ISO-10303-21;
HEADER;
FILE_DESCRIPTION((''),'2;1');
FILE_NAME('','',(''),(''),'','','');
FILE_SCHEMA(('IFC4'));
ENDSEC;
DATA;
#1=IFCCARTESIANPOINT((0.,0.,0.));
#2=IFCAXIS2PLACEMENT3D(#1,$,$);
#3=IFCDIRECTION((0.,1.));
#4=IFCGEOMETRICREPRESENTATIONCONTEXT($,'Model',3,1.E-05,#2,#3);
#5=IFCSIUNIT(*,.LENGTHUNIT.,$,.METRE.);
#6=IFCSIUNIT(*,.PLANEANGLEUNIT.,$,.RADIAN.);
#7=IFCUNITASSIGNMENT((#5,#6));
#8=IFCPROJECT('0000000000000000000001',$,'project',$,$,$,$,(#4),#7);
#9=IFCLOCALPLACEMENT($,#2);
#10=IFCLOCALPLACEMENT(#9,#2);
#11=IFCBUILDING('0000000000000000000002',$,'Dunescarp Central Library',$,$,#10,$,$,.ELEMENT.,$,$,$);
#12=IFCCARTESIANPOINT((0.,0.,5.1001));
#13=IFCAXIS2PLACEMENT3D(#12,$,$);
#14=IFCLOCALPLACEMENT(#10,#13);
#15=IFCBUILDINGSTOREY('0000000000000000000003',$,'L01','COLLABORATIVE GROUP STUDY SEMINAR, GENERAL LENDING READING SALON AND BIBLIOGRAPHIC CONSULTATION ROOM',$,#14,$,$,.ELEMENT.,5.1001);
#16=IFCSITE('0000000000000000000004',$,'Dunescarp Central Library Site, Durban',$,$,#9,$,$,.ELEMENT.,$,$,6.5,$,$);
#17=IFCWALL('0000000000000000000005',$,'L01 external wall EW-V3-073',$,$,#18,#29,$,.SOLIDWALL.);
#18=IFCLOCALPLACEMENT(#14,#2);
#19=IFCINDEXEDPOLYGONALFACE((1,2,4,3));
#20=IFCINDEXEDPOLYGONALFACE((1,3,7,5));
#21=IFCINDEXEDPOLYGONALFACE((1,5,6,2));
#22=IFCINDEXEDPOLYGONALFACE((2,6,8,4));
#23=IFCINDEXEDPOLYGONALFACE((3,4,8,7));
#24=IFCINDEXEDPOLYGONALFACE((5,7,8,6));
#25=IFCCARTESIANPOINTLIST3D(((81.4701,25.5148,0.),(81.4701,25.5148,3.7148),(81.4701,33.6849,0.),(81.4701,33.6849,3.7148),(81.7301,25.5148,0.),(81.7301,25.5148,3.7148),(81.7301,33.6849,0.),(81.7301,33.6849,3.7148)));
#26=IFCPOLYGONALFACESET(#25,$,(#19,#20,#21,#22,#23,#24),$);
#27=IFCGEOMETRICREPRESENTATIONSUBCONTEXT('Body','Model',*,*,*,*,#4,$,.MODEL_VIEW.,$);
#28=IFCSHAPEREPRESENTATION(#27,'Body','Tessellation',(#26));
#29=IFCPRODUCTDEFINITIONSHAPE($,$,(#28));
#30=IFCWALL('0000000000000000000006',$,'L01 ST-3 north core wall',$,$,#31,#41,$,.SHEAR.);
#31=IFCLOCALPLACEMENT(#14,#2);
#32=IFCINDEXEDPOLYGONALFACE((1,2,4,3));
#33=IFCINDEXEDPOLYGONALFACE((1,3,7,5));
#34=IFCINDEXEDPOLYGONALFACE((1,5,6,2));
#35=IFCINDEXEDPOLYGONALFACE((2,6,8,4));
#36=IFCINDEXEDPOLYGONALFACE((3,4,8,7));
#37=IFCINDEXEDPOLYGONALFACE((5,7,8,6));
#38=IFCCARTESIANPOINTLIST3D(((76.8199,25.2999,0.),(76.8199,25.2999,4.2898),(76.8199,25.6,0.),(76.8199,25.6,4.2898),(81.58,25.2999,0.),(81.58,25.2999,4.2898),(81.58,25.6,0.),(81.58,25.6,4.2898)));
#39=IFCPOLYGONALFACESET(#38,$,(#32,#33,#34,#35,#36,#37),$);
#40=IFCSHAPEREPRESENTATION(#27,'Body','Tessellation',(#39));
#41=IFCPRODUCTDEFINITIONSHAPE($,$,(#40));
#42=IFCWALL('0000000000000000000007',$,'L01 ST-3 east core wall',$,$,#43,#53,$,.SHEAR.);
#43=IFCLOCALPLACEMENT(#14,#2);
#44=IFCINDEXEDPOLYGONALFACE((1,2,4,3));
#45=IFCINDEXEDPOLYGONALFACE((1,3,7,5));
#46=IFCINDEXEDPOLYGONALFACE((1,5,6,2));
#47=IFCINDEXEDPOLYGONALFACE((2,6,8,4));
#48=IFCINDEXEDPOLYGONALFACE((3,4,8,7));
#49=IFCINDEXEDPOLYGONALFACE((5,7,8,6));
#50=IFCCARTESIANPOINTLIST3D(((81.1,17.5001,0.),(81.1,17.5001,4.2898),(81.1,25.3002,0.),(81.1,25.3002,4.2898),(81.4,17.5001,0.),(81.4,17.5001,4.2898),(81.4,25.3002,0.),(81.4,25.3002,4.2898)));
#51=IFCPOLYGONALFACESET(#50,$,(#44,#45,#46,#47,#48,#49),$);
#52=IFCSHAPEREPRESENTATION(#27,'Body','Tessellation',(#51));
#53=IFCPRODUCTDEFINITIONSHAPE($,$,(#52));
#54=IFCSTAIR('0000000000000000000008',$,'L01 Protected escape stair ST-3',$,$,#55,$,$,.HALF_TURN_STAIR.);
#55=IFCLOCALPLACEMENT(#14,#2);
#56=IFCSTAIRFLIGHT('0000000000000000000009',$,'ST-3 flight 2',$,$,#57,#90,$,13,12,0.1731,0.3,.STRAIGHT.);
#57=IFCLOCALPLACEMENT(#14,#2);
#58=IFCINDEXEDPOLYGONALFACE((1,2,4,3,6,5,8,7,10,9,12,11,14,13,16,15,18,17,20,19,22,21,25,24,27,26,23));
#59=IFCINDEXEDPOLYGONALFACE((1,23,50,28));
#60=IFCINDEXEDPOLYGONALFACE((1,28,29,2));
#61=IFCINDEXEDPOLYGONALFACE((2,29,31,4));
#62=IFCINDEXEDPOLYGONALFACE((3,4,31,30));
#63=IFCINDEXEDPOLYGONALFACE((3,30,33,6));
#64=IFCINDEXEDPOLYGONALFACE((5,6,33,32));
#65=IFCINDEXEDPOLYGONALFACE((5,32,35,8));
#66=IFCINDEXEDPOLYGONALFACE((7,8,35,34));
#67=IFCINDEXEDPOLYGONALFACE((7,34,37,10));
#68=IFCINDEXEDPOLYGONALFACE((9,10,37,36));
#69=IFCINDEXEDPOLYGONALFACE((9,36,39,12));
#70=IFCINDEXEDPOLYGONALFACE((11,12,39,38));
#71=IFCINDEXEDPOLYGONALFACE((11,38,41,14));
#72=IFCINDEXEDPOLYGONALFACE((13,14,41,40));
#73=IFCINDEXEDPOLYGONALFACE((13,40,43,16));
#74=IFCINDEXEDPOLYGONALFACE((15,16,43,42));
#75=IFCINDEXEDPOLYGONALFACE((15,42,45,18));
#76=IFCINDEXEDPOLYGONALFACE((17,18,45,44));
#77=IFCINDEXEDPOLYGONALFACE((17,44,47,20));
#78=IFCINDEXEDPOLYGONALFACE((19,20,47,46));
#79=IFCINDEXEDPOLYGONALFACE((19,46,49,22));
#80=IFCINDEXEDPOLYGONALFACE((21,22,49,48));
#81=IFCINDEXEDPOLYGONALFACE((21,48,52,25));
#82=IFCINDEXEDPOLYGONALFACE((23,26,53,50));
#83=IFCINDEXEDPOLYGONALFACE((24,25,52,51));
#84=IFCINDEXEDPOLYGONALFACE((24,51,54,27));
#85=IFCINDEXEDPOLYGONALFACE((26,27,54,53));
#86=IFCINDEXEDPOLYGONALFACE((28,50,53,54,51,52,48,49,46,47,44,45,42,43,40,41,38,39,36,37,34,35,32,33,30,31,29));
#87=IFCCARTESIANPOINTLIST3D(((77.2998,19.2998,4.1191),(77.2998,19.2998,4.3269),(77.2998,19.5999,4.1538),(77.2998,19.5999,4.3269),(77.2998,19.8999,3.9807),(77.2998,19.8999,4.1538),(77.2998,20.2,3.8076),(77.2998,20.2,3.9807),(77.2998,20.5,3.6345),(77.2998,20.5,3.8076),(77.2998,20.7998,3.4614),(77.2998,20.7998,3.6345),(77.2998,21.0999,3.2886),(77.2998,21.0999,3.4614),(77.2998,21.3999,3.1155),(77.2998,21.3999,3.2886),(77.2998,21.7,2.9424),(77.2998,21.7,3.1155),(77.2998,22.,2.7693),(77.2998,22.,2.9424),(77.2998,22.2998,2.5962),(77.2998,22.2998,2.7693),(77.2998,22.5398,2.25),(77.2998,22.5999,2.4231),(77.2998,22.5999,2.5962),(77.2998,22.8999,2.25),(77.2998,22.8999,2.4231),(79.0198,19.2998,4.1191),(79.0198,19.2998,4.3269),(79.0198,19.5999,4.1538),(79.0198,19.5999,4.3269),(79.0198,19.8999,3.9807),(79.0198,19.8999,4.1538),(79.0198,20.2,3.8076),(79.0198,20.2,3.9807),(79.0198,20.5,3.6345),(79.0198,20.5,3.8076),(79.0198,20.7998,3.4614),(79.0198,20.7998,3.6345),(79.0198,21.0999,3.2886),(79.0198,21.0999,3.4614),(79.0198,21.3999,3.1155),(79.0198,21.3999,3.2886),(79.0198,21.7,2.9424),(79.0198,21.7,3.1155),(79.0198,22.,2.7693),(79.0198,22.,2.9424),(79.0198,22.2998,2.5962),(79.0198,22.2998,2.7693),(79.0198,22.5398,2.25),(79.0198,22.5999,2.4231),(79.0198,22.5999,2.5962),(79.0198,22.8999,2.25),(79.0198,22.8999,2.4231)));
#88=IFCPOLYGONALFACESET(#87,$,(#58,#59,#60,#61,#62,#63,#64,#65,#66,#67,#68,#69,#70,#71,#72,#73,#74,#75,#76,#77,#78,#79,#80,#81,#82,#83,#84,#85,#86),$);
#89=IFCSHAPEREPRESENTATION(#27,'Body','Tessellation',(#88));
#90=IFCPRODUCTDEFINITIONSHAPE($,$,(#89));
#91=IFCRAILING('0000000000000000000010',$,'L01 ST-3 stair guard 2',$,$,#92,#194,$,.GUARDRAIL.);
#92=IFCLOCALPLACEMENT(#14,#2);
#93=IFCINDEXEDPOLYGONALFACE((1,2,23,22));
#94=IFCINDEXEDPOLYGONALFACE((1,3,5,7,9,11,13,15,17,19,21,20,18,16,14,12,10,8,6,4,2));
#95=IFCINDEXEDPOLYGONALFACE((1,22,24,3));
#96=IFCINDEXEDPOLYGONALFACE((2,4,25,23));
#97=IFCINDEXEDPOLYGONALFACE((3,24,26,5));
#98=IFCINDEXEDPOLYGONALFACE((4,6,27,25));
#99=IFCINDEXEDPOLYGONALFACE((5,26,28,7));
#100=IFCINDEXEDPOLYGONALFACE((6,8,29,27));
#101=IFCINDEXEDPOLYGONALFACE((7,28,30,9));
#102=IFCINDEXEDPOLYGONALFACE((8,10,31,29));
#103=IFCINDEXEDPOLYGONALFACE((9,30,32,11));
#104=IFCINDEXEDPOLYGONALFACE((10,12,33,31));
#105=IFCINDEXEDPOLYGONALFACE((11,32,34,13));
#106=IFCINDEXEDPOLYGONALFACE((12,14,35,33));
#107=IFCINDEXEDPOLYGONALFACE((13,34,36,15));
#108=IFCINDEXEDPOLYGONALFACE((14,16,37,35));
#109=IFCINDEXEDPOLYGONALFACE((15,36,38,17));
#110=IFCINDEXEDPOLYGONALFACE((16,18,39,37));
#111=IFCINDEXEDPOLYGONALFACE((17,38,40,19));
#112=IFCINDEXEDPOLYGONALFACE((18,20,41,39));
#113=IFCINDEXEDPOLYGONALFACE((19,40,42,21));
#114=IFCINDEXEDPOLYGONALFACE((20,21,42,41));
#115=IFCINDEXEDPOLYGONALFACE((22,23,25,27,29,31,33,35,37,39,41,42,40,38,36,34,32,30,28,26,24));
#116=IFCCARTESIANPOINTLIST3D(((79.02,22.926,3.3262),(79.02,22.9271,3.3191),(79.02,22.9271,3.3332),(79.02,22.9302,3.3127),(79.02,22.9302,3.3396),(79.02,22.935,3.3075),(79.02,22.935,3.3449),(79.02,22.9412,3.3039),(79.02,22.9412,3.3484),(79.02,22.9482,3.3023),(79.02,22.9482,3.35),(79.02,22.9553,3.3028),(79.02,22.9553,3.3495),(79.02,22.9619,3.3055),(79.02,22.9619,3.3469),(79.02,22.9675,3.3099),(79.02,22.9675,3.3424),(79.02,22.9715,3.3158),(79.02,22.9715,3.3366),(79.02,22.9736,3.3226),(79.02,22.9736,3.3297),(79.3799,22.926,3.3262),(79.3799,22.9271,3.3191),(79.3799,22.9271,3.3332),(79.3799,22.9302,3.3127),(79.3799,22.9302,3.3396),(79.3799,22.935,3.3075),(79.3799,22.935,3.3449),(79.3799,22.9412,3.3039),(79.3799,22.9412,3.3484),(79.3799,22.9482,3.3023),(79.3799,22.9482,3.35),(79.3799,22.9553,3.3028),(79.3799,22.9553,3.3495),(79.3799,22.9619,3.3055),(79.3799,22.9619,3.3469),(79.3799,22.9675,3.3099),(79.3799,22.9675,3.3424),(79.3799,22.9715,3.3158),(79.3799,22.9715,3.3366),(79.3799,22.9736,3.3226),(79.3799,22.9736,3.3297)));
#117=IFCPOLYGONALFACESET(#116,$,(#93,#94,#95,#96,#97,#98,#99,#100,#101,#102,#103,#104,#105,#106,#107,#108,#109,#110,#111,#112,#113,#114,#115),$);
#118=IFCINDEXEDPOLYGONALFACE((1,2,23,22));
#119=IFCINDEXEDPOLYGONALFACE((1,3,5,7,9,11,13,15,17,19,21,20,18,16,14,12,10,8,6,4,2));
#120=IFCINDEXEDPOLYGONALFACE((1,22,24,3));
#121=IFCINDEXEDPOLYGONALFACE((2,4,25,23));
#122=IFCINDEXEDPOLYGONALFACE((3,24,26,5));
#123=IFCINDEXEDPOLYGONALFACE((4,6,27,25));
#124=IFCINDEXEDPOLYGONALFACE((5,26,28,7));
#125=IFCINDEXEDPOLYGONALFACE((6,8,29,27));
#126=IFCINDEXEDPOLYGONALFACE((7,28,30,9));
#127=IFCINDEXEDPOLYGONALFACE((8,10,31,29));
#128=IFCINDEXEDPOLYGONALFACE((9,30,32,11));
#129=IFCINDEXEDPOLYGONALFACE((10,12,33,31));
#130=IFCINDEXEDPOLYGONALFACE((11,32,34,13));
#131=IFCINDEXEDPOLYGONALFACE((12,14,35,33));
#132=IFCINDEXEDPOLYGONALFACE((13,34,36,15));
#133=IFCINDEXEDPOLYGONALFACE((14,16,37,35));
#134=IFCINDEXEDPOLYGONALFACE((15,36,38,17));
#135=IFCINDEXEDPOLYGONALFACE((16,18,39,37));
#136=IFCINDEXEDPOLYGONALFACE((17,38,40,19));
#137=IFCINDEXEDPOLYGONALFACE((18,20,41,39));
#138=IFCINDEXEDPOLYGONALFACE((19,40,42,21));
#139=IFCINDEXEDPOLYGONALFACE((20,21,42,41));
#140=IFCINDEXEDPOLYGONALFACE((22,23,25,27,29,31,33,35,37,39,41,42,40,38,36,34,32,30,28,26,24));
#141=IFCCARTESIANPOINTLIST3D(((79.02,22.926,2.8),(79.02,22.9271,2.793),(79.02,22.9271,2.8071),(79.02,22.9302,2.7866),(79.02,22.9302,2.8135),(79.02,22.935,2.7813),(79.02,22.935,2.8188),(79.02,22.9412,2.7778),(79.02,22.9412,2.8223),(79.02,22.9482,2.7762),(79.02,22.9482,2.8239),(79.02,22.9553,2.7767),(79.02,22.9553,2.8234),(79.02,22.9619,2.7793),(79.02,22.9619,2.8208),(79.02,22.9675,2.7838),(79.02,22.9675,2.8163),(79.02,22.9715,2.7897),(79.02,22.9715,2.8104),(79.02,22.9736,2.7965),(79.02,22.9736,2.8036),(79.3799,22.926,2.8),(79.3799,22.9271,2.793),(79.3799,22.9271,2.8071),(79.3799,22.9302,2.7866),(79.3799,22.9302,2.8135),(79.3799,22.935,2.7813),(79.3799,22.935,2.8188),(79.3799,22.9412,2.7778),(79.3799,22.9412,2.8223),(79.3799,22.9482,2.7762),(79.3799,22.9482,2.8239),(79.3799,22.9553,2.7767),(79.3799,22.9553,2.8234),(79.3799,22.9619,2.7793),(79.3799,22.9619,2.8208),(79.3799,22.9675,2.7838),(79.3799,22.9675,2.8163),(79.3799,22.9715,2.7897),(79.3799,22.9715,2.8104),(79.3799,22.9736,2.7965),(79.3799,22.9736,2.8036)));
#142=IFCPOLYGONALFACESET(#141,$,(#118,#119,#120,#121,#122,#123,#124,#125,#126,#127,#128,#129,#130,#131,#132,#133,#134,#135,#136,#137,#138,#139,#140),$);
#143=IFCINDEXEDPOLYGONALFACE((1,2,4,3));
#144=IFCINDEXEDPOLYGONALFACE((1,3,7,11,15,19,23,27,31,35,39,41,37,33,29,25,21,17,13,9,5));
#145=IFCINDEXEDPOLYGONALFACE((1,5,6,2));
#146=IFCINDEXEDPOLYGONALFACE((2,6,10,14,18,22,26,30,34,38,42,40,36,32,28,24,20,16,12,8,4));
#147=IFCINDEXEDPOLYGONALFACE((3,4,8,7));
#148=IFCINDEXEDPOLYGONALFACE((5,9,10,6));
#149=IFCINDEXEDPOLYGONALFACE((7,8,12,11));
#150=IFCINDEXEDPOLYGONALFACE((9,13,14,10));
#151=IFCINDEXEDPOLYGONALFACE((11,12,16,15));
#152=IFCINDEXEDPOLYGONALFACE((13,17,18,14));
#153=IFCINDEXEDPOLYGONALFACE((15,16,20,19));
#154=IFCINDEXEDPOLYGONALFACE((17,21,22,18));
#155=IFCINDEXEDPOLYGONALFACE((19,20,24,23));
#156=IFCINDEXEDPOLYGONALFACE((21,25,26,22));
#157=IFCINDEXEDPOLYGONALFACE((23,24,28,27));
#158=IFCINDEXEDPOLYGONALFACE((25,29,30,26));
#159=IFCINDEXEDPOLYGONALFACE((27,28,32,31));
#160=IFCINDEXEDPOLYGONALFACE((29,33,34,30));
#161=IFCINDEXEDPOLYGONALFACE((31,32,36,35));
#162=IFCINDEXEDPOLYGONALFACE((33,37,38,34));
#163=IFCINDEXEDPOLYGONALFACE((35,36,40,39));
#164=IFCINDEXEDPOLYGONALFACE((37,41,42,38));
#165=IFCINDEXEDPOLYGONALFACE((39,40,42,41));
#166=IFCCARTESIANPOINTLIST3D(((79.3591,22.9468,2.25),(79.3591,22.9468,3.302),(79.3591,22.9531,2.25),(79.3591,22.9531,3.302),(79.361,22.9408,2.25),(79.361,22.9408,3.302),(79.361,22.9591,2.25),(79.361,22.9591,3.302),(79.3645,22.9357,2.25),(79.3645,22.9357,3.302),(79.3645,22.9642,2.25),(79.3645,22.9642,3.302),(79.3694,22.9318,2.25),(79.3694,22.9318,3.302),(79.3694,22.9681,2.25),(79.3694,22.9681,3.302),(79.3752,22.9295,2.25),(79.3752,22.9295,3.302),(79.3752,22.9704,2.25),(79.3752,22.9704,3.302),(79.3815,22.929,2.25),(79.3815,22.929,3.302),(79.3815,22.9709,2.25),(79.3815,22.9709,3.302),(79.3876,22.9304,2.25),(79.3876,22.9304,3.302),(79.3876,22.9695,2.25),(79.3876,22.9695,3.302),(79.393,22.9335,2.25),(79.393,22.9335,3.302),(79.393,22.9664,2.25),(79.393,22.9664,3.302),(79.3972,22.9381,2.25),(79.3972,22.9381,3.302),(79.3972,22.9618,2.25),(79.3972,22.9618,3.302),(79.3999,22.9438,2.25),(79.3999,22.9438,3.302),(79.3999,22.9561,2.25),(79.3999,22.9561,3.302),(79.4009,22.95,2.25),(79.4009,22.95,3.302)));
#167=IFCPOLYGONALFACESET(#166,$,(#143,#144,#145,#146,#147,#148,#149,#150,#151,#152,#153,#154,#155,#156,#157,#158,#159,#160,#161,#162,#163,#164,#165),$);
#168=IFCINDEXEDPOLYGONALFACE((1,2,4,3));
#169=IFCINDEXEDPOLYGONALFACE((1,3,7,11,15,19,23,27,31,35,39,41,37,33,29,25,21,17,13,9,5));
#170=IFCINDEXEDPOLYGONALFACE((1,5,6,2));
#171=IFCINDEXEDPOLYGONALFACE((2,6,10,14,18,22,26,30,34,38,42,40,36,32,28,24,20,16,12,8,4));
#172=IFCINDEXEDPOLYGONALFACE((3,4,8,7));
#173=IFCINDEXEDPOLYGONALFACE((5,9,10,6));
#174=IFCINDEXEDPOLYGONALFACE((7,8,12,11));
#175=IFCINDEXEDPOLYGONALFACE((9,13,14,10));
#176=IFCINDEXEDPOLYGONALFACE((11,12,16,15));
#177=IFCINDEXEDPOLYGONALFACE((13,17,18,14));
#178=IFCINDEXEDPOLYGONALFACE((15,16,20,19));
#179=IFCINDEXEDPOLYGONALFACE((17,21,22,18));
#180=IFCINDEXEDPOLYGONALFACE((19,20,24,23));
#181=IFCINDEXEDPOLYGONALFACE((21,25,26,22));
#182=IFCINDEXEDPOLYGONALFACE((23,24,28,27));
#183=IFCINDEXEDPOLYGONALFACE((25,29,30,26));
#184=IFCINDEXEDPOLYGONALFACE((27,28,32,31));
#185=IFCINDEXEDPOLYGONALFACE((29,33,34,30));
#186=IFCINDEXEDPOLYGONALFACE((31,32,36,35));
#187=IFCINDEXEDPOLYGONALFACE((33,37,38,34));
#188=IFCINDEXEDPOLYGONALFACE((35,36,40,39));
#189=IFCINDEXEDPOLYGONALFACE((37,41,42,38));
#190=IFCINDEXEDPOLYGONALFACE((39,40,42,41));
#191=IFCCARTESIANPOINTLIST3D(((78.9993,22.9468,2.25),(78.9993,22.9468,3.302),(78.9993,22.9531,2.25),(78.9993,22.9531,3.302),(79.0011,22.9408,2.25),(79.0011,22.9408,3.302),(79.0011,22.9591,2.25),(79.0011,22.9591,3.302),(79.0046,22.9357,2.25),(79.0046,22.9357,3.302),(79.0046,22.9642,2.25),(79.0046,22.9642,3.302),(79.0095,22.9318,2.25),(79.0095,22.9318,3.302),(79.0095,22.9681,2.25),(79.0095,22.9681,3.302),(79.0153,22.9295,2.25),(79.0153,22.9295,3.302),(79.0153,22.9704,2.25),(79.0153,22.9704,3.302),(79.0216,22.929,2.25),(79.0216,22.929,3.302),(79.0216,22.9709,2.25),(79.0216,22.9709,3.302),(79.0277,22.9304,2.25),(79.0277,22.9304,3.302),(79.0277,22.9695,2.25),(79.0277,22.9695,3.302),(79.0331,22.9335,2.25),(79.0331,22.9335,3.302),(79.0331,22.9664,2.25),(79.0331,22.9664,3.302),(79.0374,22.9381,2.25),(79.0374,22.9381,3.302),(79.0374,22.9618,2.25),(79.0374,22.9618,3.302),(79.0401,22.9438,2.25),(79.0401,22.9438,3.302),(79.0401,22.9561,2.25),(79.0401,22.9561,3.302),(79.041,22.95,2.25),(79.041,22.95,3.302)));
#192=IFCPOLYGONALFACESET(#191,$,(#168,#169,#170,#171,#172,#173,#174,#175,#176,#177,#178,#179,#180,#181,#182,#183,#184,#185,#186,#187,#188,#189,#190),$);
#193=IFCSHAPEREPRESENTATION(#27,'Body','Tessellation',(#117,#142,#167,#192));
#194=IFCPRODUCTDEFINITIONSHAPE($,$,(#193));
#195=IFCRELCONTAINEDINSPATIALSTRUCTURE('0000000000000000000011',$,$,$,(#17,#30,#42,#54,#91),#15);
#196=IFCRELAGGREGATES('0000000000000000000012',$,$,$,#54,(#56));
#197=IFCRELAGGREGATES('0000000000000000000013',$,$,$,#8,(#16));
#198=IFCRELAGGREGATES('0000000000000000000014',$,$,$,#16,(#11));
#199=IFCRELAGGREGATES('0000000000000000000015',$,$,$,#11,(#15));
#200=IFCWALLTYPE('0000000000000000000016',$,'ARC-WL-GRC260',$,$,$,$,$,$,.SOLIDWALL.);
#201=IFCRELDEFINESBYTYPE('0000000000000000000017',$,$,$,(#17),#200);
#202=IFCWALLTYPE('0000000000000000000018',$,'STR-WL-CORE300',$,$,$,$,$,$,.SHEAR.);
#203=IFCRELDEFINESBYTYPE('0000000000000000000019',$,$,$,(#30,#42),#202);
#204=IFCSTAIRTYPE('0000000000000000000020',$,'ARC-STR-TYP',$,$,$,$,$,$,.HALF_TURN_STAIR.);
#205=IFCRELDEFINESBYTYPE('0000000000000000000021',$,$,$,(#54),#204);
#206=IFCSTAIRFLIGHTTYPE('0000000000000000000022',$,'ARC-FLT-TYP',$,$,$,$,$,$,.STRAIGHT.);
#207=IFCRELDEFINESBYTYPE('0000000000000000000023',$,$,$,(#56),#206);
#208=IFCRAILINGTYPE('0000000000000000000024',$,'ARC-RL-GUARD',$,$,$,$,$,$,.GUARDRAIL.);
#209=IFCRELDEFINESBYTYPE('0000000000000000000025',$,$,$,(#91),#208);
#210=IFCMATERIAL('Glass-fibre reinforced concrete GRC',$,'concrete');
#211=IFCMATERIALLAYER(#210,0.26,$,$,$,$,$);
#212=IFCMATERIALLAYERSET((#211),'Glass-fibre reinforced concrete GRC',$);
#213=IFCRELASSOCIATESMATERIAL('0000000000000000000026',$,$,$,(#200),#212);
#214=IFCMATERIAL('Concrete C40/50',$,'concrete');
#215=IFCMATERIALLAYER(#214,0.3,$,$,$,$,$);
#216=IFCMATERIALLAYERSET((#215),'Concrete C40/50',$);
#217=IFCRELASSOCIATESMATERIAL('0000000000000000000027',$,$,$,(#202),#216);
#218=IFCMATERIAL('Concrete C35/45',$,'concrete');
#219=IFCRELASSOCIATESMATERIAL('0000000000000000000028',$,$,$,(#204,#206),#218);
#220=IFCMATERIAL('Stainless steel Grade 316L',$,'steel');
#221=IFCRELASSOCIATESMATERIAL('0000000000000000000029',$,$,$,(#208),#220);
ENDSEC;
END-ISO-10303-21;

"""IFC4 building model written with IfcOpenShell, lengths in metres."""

from ifc_helpers import new_model, si_unit, direction, frame, frame_2d, origin, origin_2d, place, context, subcontext, project, spatial, polyline, rectangle, circle, outline, extrude, material, layer, layer_set, type_object, element, aggregate, save


model = new_model("IFC4")

# Units and contexts
model_context = context("Model", 3, precision=1e-05, world=origin(), true_north=direction((0.0, 1.0)))
body_context = subcontext(model_context, "Body", "Model", "MODEL_VIEW")
ifc_project = project(units=[si_unit("LENGTHUNIT", "METRE"), si_unit("PLANEANGLEUNIT", "RADIAN")], contexts=[model_context])

# Site, building, storey
site_placement = place(None, origin())
site = spatial("IfcSite", under=ifc_project, at=site_placement, Name="Dunescarp Central Library Site, Durban", CompositionType="ELEMENT", RefElevation=6.5)
building_placement = place(site_placement, origin())
building = spatial("IfcBuilding", under=site, at=building_placement, Name="Dunescarp Central Library", CompositionType="ELEMENT")
storey_placement = place(building_placement, frame((0.0, 0.0, 5.1001)))
storey = spatial("IfcBuildingStorey", under=building, at=storey_placement, Name="L01", Description="COLLABORATIVE GROUP STUDY SEMINAR, GENERAL LENDING READING SALON AND BIBLIOGRAPHIC CONSULTATION ROOM", CompositionType="ELEMENT", Elevation=5.1001)

# Walls
ifc_material_1 = material(Name="Glass-fibre reinforced concrete GRC", Category="concrete")
ifc_layer_1 = layer(ifc_material_1, 0.26)
ifc_layer_set_1 = layer_set([ifc_layer_1], Name="Glass-fibre reinforced concrete GRC")
wall_type_1 = type_object("IfcWallType", Name="ARC-WL-GRC260", PredefinedType="SOLIDWALL", material=ifc_layer_set_1)
wall_1_placement = place(storey_placement, frame((81.6001, 25.5149, 0.0), z_axis=(0.0, 0.0, 1.0), x_axis=(0.0, 1.0, 0.0)))
element("IfcWall", 1, at=wall_1_placement, inside=storey, type_object=wall_type_1, Name="L01 external wall EW-V3-073", PredefinedType="SOLIDWALL", context=body_context, shape_type="SweptSolid", body=[
    extrude(rectangle(XDim=8.1702, YDim=0.26, at=frame_2d((4.085, 0.0))), origin(), (0.0, 0.0, 1.0), 3.7148),
])
ifc_material_2 = material(Name="Concrete C40/50", Category="concrete")
ifc_layer_2 = layer(ifc_material_2, 0.3)
ifc_layer_set_2 = layer_set([ifc_layer_2], Name="Concrete C40/50")
wall_type_2 = type_object("IfcWallType", Name="STR-WL-CORE300", PredefinedType="SHEAR", material=ifc_layer_set_2)
wall_2_placement = place(storey_placement, frame((76.8201, 25.45, 0.0), z_axis=(0.0, 0.0, 1.0), x_axis=(1.0, 0.0, 0.0)))
element("IfcWall", 2, at=wall_2_placement, inside=storey, type_object=wall_type_2, Name="L01 ST-3 north core wall", PredefinedType="SHEAR", context=body_context, shape_type="SweptSolid", body=[
    extrude(rectangle(XDim=4.76, YDim=0.3, at=frame_2d((2.3799, 0.0))), origin(), (0.0, 0.0, 1.0), 4.2898),
])
wall_3_placement = place(storey_placement, frame((81.25, 25.3, 0.0), z_axis=(0.0, 0.0, 1.0), x_axis=(0.0, -1.0, 0.0)))
element("IfcWall", 3, at=wall_3_placement, inside=storey, type_object=wall_type_2, Name="L01 ST-3 east core wall", PredefinedType="SHEAR", context=body_context, shape_type="SweptSolid", body=[
    extrude(rectangle(XDim=7.8, YDim=0.3, at=frame_2d((3.8999, 0.0))), origin(), (0.0, 0.0, 1.0), 4.2898),
])

# Stair, stair flight
ifc_material_3 = material(Name="Concrete C35/45", Category="concrete")
stair_type = type_object("IfcStairType", Name="ARC-STR-TYP", PredefinedType="HALF_TURN_STAIR", material=ifc_material_3)
stair_placement = place(storey_placement, origin())
stair = element("IfcStair", 4, at=stair_placement, inside=storey, type_object=stair_type, Name="L01 Protected escape stair ST-3", PredefinedType="HALF_TURN_STAIR")
stair_flight_type = type_object("IfcStairFlightType", Name="ARC-FLT-TYP", PredefinedType="STRAIGHT", material=ifc_material_3)
stair_flight_placement = place(storey_placement, frame((78.1599, 22.8999, 2.25), z_axis=(0.0, 0.0, 1.0), x_axis=(0.0, -1.0, 0.0)))
stair_flight = element("IfcStairFlight", 5, at=stair_flight_placement, type_object=stair_flight_type, Name="ST-3 flight 2", NumberOfRisers=13, NumberOfTreads=12, PredefinedType="STRAIGHT", RiserHeight=0.1731, TreadLength=0.3, context=body_context, shape_type="SweptSolid", body=[
    extrude(outline(polyline([(0.0, 0.0), (0.0, 0.1731), (0.3, 0.1731), (0.3, 0.3462), (0.6001, 0.3462), (0.6001, 0.5193), (0.8999, 0.5193), (0.8999, 0.6924), (1.2, 0.6924), (1.2, 0.8655), (1.5, 0.8655), (1.5, 1.0386), (1.8, 1.0386), (1.8, 1.2114), (2.1001, 1.2114), (2.1001, 1.3845), (2.3999, 1.3845), (2.3999, 1.5576), (2.7, 1.5576), (2.7, 1.7307), (3.0, 1.7307), (3.0, 1.9038), (3.3, 1.9038), (3.3, 2.0769), (3.6001, 2.0769), (3.6001, 2.25), (3.6001, 1.8691), (0.3601, 0.0), (0.0, 0.0)])), frame((0.0, 0.8599, 0.0), z_axis=(0.0, -1.0, 0.0), x_axis=(1.0, 0.0, 0.0)), (0.0, 0.0, 1.0), 1.72),
])
aggregate(stair, [stair_flight])

# Railing
ifc_material_4 = material(Name="Stainless steel Grade 316L", Category="steel")
railing_type = type_object("IfcRailingType", Name="ARC-RL-GUARD", PredefinedType="GUARDRAIL", material=ifc_material_4)
railing_1_placement = place(storey_placement, frame((79.3799, 22.95, 2.25)))
element("IfcRailing", 6, at=railing_1_placement, inside=storey, type_object=railing_type, Name="L01 ST-3 stair guard 2", PredefinedType="GUARDRAIL", context=body_context, shape_type="SweptSolid", body=[
    extrude(circle(Radius=0.0239, at=origin_2d()), frame((0.0, 0.0, 1.0762), z_axis=(-1.0, 0.0, 0.0), x_axis=(0.0, -1.0, 0.0)), (0.0, 0.0, 1.0), 0.3599),
    extrude(circle(Radius=0.0239, at=origin_2d()), frame((0.0, 0.0, 0.55), z_axis=(-1.0, 0.0, 0.0), x_axis=(0.0, -1.0, 0.0)), (0.0, 0.0, 1.0), 0.3599),
    extrude(circle(Radius=0.021, at=origin_2d()), origin(), (0.0, 0.0, 1.0), 1.052),
    extrude(circle(Radius=0.021, at=origin_2d()), frame((-0.3599, 0.0, 0.0)), (0.0, 0.0, 1.0), 1.052),
])

save(model, "model.ifc")
